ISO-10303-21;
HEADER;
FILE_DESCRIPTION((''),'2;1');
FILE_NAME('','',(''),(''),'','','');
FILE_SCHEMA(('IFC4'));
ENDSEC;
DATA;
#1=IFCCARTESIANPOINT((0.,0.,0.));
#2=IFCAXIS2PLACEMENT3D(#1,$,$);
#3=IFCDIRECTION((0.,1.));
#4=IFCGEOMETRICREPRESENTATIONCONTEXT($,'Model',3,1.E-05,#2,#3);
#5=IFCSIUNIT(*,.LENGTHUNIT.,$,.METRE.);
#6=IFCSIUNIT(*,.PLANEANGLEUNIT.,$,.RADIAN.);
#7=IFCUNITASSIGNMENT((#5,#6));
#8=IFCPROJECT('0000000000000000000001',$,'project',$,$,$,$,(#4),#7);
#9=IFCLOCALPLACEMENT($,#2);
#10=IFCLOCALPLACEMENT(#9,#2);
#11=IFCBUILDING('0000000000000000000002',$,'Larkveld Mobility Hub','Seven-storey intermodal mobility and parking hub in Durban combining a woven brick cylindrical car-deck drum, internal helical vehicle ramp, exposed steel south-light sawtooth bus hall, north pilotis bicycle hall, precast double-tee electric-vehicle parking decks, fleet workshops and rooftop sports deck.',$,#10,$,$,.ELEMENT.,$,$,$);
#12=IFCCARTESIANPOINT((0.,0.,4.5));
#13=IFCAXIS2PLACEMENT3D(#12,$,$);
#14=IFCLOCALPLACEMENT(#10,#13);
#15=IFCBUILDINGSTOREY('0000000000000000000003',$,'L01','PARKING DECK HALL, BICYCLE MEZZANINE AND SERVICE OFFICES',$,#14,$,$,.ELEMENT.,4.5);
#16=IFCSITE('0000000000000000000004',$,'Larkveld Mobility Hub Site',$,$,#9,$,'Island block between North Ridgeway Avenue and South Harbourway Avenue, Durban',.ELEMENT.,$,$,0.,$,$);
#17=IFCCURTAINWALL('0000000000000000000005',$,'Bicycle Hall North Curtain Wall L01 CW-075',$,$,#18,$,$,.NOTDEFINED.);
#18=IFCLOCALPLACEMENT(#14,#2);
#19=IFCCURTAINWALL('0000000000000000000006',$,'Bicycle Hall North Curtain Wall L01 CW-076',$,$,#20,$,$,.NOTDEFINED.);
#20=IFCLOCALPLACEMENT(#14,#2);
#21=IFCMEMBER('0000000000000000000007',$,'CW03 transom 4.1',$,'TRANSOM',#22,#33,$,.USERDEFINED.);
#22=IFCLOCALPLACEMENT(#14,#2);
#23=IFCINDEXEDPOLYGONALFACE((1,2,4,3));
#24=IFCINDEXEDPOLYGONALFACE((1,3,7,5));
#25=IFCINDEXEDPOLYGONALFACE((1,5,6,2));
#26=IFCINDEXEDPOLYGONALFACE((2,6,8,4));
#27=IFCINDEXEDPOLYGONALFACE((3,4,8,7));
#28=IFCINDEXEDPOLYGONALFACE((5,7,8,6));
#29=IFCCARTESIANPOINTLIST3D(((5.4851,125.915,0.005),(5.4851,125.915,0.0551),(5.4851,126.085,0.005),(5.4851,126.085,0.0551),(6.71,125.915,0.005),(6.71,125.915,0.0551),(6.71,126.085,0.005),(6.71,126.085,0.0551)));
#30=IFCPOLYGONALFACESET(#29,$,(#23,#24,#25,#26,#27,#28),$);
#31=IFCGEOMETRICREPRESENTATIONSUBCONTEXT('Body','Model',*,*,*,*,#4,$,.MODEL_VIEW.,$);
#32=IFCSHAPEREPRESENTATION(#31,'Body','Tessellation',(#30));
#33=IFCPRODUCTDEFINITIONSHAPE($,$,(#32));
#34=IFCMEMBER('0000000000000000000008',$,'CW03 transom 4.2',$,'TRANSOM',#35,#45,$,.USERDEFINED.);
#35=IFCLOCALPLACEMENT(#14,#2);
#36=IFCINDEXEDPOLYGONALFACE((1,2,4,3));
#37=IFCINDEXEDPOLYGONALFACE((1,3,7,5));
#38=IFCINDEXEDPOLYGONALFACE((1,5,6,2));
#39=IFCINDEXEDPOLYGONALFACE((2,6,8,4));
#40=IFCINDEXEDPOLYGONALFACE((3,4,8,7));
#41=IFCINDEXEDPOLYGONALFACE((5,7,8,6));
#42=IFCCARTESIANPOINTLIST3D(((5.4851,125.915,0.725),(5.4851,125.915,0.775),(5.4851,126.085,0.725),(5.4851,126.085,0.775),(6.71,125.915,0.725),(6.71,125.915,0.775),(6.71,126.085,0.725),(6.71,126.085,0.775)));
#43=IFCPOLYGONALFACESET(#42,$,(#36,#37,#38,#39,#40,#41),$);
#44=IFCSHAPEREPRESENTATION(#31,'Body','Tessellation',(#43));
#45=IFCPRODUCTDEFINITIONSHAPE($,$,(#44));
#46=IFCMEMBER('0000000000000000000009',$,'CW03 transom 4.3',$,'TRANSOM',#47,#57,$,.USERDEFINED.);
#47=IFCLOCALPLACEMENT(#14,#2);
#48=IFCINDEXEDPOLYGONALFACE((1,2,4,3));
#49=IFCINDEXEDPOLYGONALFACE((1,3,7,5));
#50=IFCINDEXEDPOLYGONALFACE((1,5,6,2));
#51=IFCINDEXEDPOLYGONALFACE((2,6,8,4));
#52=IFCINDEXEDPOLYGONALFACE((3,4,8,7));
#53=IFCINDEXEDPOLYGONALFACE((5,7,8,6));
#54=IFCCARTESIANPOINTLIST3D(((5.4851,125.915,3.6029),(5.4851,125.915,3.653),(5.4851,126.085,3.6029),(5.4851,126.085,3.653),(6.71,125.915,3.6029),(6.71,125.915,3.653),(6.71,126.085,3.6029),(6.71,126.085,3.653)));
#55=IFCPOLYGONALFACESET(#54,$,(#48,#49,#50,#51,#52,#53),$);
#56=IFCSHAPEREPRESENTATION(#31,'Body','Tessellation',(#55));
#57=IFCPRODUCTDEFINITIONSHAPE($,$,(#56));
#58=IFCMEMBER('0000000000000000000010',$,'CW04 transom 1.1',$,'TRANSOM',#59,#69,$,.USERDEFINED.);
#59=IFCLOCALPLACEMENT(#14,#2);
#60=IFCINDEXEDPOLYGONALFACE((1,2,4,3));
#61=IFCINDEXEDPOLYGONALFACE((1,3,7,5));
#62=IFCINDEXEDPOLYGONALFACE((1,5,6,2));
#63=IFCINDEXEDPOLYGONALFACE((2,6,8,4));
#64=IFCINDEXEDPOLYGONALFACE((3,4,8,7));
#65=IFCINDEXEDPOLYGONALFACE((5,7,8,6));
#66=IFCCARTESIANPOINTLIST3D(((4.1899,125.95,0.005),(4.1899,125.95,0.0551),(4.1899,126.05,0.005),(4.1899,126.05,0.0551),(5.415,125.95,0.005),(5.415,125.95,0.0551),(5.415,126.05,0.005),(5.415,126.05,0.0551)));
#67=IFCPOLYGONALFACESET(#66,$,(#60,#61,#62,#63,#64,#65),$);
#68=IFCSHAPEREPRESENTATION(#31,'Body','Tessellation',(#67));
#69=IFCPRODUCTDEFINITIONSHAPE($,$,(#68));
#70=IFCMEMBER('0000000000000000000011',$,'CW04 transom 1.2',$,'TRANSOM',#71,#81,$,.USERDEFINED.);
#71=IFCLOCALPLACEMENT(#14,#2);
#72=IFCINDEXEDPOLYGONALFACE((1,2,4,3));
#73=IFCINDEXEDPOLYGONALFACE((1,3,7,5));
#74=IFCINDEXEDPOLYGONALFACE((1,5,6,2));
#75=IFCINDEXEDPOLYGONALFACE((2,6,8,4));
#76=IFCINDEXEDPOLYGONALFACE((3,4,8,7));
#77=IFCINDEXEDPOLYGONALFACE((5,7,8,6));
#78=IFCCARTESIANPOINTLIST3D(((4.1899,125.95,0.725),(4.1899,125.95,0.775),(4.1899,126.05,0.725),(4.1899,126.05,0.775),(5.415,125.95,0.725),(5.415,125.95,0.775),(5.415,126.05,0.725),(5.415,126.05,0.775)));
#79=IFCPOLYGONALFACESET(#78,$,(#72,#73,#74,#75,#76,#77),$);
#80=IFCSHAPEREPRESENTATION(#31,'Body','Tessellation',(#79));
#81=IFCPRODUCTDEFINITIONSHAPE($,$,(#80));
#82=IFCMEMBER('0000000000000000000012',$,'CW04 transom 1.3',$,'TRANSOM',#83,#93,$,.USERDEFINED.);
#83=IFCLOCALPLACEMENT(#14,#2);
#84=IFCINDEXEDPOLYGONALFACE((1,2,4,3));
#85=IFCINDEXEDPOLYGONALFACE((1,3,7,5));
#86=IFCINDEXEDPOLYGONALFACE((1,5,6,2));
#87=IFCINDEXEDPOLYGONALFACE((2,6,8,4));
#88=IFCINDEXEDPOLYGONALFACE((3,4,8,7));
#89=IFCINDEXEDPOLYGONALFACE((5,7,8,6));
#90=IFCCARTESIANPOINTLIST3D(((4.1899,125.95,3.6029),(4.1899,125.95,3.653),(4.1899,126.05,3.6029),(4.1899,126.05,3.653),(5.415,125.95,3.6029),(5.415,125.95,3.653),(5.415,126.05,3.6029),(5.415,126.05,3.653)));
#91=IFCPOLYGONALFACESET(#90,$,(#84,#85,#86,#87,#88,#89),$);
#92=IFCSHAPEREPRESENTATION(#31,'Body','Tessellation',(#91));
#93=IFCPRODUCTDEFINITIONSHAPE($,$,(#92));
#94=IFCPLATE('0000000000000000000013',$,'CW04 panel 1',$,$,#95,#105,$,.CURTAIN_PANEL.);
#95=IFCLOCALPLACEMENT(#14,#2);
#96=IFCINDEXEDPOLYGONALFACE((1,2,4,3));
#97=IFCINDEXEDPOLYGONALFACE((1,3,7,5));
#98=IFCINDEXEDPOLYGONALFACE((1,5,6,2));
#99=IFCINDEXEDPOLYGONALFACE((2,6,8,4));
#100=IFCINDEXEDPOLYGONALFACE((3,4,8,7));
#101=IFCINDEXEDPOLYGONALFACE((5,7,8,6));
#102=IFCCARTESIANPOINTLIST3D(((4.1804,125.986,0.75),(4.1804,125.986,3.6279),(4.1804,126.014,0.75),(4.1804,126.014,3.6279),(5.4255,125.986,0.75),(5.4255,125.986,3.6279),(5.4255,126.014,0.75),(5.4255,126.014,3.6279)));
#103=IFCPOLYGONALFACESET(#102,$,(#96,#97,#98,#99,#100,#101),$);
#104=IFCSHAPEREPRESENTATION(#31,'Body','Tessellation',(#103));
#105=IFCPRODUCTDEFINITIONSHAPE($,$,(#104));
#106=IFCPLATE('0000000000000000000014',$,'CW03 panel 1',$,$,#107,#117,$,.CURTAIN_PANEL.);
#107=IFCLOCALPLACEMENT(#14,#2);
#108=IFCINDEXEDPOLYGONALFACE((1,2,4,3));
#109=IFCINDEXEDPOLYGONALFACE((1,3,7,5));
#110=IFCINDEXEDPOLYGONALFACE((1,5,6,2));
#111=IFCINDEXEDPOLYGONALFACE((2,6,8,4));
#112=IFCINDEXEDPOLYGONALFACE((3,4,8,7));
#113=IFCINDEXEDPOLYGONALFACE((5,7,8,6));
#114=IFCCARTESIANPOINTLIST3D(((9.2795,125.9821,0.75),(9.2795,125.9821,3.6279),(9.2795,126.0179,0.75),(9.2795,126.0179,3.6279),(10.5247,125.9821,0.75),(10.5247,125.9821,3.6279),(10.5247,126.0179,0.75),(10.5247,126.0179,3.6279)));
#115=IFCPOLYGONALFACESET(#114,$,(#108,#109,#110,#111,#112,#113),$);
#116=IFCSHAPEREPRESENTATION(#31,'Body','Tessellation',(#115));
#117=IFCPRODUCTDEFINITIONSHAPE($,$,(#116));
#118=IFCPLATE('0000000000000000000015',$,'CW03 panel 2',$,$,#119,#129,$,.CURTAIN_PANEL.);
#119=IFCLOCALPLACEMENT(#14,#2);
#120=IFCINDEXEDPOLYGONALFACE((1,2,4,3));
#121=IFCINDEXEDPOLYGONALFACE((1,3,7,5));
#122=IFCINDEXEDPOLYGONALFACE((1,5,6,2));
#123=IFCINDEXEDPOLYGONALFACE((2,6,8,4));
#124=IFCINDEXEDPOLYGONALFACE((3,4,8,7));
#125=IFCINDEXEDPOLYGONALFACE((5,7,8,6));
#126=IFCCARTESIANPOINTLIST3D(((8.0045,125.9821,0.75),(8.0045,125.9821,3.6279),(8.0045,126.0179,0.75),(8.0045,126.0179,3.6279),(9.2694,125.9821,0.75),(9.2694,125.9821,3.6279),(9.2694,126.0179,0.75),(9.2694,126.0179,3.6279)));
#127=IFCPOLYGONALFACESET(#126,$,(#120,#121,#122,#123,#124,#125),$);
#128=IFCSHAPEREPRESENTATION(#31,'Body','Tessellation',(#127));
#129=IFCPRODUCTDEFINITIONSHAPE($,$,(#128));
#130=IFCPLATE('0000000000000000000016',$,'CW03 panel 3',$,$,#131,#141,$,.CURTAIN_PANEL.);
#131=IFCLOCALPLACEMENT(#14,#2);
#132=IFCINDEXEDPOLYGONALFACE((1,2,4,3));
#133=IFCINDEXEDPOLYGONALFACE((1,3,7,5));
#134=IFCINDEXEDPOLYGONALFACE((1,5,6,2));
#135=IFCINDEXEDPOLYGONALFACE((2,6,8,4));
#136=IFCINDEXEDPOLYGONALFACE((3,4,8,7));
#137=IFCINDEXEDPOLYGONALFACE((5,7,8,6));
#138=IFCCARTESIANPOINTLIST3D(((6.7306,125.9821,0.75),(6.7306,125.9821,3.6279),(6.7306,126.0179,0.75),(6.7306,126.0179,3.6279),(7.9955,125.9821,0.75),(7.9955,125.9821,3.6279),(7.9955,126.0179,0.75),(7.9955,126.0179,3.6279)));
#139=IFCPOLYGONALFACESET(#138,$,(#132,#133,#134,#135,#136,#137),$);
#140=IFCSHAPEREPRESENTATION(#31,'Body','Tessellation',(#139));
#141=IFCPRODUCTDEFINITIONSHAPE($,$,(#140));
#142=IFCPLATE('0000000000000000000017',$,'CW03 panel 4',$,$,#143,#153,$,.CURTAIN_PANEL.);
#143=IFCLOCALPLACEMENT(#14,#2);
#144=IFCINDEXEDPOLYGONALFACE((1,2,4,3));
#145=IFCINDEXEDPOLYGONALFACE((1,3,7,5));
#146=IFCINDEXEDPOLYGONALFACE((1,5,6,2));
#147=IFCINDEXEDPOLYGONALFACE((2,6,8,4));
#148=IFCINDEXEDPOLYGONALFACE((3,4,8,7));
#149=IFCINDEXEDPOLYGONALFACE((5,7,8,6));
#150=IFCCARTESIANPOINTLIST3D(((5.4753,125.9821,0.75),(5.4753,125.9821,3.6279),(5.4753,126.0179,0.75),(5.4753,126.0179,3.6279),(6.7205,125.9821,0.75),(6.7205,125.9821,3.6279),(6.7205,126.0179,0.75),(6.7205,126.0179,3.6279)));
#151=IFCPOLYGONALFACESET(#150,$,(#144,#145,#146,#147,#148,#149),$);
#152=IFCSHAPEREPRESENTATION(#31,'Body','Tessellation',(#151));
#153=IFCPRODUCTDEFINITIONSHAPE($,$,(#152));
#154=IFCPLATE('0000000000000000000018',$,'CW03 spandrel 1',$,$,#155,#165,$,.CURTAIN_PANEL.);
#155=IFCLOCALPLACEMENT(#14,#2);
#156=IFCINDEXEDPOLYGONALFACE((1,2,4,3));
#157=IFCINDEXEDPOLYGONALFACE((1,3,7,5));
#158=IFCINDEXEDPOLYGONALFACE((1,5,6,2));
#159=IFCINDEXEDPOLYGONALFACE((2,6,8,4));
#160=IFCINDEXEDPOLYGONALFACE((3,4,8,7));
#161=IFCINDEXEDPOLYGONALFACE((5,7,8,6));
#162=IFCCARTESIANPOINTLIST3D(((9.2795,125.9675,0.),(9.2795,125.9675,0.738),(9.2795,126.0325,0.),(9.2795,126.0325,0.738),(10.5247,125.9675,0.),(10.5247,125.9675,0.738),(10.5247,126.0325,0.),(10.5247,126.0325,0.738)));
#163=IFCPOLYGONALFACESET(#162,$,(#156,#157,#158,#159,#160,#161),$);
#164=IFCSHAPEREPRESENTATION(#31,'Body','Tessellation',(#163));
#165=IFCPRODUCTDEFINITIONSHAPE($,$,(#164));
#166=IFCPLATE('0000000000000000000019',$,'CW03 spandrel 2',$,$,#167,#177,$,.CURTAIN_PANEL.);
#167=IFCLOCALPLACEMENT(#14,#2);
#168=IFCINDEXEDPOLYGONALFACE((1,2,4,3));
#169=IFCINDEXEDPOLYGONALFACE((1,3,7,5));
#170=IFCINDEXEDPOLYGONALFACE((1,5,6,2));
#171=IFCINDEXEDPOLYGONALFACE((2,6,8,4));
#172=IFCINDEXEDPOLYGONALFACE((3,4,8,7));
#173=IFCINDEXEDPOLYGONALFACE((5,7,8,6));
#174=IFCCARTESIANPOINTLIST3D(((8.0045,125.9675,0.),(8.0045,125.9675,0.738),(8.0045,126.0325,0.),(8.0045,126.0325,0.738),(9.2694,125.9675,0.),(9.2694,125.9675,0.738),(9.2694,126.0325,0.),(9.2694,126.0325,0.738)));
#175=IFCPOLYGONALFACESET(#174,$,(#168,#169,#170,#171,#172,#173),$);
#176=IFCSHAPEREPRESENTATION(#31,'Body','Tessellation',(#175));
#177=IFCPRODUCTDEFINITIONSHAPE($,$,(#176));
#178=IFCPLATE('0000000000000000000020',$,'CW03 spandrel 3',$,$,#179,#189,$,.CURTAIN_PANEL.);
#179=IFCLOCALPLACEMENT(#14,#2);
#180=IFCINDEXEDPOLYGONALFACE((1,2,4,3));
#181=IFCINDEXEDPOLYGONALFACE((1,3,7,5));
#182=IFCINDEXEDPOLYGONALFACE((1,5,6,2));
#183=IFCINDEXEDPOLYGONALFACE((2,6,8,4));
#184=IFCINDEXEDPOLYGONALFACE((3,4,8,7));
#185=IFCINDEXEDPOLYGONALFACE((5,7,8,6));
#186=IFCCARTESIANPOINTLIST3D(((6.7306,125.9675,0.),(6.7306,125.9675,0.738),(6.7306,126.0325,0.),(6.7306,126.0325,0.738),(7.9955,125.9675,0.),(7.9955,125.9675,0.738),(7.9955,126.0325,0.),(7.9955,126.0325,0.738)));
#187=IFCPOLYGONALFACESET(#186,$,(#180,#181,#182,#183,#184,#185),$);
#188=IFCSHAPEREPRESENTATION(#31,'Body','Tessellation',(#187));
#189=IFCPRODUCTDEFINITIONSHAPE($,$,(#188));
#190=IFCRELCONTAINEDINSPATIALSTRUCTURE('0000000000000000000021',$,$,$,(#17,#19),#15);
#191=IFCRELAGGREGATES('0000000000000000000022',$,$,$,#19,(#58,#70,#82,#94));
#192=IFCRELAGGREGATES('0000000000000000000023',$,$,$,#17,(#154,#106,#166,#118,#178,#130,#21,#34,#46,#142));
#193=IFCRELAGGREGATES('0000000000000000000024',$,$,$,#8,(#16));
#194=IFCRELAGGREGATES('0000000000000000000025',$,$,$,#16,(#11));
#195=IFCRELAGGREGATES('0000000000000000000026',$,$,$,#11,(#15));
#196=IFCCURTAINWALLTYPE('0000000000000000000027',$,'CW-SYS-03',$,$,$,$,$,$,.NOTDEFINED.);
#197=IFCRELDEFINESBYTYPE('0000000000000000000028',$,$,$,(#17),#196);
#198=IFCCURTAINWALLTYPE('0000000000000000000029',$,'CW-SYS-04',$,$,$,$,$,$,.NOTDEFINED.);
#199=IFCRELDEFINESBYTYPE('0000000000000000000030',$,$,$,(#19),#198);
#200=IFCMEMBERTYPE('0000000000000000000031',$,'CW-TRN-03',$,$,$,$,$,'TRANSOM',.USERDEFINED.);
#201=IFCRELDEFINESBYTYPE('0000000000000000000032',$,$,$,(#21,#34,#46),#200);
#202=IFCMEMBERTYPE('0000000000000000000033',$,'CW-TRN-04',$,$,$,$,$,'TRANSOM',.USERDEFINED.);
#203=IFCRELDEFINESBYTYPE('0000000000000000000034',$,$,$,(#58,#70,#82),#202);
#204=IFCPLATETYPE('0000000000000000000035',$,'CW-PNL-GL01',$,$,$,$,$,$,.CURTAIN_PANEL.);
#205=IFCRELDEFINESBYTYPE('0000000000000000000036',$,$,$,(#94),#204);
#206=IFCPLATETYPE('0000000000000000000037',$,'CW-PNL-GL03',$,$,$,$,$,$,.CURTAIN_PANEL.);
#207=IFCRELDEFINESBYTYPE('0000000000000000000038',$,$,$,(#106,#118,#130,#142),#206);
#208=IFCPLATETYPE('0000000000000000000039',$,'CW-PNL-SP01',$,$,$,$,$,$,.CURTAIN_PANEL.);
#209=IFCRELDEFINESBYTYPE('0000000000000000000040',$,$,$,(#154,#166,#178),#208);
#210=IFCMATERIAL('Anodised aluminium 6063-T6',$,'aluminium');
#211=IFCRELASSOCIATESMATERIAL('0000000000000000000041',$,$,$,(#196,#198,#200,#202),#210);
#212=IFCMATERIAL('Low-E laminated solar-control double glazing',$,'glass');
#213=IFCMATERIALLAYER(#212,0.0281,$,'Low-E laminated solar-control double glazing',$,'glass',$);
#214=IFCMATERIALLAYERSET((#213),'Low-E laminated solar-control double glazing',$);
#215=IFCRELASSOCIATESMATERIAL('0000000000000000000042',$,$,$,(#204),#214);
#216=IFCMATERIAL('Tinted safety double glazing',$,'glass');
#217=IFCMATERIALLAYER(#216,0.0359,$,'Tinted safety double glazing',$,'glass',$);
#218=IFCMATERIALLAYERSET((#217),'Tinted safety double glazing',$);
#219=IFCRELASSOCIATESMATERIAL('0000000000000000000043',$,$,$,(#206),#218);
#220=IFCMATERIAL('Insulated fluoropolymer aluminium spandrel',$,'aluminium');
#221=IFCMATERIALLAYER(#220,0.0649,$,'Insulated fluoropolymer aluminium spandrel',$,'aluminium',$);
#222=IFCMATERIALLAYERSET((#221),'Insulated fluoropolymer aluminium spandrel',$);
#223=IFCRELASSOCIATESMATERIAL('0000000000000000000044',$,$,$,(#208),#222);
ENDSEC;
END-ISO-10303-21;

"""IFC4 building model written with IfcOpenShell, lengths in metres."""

from ifc_helpers import new_model, si_unit, direction, frame, origin, origin_2d, place, context, subcontext, project, spatial, rectangle, extrude, material, layer, layer_set, material_profile, profile_set, type_object, element, aggregate, save


model = new_model("IFC4")

# Units and contexts
model_context = context("Model", 3, precision=1e-05, world=origin(), true_north=direction((0.0, 1.0)))
body_context = subcontext(model_context, "Body", "Model", "MODEL_VIEW")
ifc_project = project(units=[si_unit("LENGTHUNIT", "METRE"), si_unit("PLANEANGLEUNIT", "RADIAN")], contexts=[model_context])

# Site, building, storey
site_placement = place(None, origin())
site = spatial("IfcSite", under=ifc_project, at=site_placement, Name="Larkveld Mobility Hub Site", LongName="Island block between North Ridgeway Avenue and South Harbourway Avenue, Durban", CompositionType="ELEMENT", RefElevation=0.0)
building_placement = place(site_placement, origin())
building = spatial("IfcBuilding", under=site, at=building_placement, Name="Larkveld Mobility Hub", Description="Seven-storey intermodal mobility and parking hub in Durban combining a woven brick cylindrical car-deck drum, internal helical vehicle ramp, exposed steel south-light sawtooth bus hall, north pilotis bicycle hall, precast double-tee electric-vehicle parking decks, fleet workshops and rooftop sports deck.", CompositionType="ELEMENT")
storey_placement = place(building_placement, frame((0.0, 0.0, 4.5)))
storey = spatial("IfcBuildingStorey", under=building, at=storey_placement, Name="L01", Description="PARKING DECK HALL, BICYCLE MEZZANINE AND SERVICE OFFICES", CompositionType="ELEMENT", Elevation=4.5)

# Curtain wall
ifc_material_1 = material(Name="Anodised aluminium 6063-T6", Category="aluminium")
curtain_wall_type_1 = type_object("IfcCurtainWallType", Name="CW-SYS-03", PredefinedType="NOTDEFINED", material=ifc_material_1)
curtain_wall_1_placement = place(storey_placement, origin())
curtain_wall_1 = element("IfcCurtainWall", 1, at=curtain_wall_1_placement, inside=storey, type_object=curtain_wall_type_1, Name="Bicycle Hall North Curtain Wall L01 CW-075", PredefinedType="NOTDEFINED")

# Curtain wall
curtain_wall_type_2 = type_object("IfcCurtainWallType", Name="CW-SYS-04", PredefinedType="NOTDEFINED", material=ifc_material_1)
curtain_wall_2_placement = place(storey_placement, origin())
curtain_wall_2 = element("IfcCurtainWall", 2, at=curtain_wall_2_placement, inside=storey, type_object=curtain_wall_type_2, Name="Bicycle Hall North Curtain Wall L01 CW-076", PredefinedType="NOTDEFINED")

# Members
ifc_material_profile_1 = material_profile(ifc_material_1, rectangle(XDim=0.1699, YDim=0.05, at=origin_2d()), Name="ALU TRAN 50x170")
ifc_profile_set_1 = profile_set([ifc_material_profile_1], Name="Anodised aluminium 6063-T6")
member_type_1 = type_object("IfcMemberType", Name="CW-TRN-03", ElementType="TRANSOM", PredefinedType="USERDEFINED", material=ifc_profile_set_1)
member_1_placement = place(storey_placement, frame((6.71, 126.0, 0.03), z_axis=(-1.0, 0.0, 0.0), x_axis=(0.0, -1.0, 0.0)))
member_1 = element("IfcMember", 3, at=member_1_placement, type_object=member_type_1, Name="CW03 transom 4.1", ObjectType="TRANSOM", PredefinedType="USERDEFINED", context=body_context, shape_type="SweptSolid", body=[
    extrude(rectangle(XDim=0.1699, YDim=0.05, at=origin_2d()), origin(), (0.0, 0.0, 1.0), 1.2249),
])
member_2_placement = place(storey_placement, frame((6.71, 126.0, 0.75), z_axis=(-1.0, 0.0, 0.0), x_axis=(0.0, -1.0, 0.0)))
member_2 = element("IfcMember", 4, at=member_2_placement, type_object=member_type_1, Name="CW03 transom 4.2", ObjectType="TRANSOM", PredefinedType="USERDEFINED", context=body_context, shape_type="SweptSolid", body=[
    extrude(rectangle(XDim=0.1699, YDim=0.05, at=origin_2d()), origin(), (0.0, 0.0, 1.0), 1.2249),
])
member_3_placement = place(storey_placement, frame((6.71, 126.0, 3.6279), z_axis=(-1.0, 0.0, 0.0), x_axis=(0.0, -1.0, 0.0)))
member_3 = element("IfcMember", 5, at=member_3_placement, type_object=member_type_1, Name="CW03 transom 4.3", ObjectType="TRANSOM", PredefinedType="USERDEFINED", context=body_context, shape_type="SweptSolid", body=[
    extrude(rectangle(XDim=0.1699, YDim=0.05, at=origin_2d()), origin(), (0.0, 0.0, 1.0), 1.2249),
])
ifc_material_profile_2 = material_profile(ifc_material_1, rectangle(XDim=0.1001, YDim=0.05, at=origin_2d()), Name="ALU TRAN 50x100")
ifc_profile_set_2 = profile_set([ifc_material_profile_2], Name="Anodised aluminium 6063-T6")
member_type_2 = type_object("IfcMemberType", Name="CW-TRN-04", ElementType="TRANSOM", PredefinedType="USERDEFINED", material=ifc_profile_set_2)
member_4_placement = place(storey_placement, frame((5.415, 126.0, 0.03), z_axis=(-1.0, 0.0, 0.0), x_axis=(0.0, -1.0, 0.0)))
member_4 = element("IfcMember", 6, at=member_4_placement, type_object=member_type_2, Name="CW04 transom 1.1", ObjectType="TRANSOM", PredefinedType="USERDEFINED", context=body_context, shape_type="SweptSolid", body=[
    extrude(rectangle(XDim=0.1001, YDim=0.05, at=origin_2d()), origin(), (0.0, 0.0, 1.0), 1.2251),
])
member_5_placement = place(storey_placement, frame((5.415, 126.0, 0.75), z_axis=(-1.0, 0.0, 0.0), x_axis=(0.0, -1.0, 0.0)))
member_5 = element("IfcMember", 7, at=member_5_placement, type_object=member_type_2, Name="CW04 transom 1.2", ObjectType="TRANSOM", PredefinedType="USERDEFINED", context=body_context, shape_type="SweptSolid", body=[
    extrude(rectangle(XDim=0.1001, YDim=0.05, at=origin_2d()), origin(), (0.0, 0.0, 1.0), 1.2251),
])
member_6_placement = place(storey_placement, frame((5.415, 126.0, 3.6279), z_axis=(-1.0, 0.0, 0.0), x_axis=(0.0, -1.0, 0.0)))
member_6 = element("IfcMember", 8, at=member_6_placement, type_object=member_type_2, Name="CW04 transom 1.3", ObjectType="TRANSOM", PredefinedType="USERDEFINED", context=body_context, shape_type="SweptSolid", body=[
    extrude(rectangle(XDim=0.1001, YDim=0.05, at=origin_2d()), origin(), (0.0, 0.0, 1.0), 1.2251),
])

# Plates
ifc_material_2 = material(Name="Low-E laminated solar-control double glazing", Category="glass")
ifc_layer_1 = layer(ifc_material_2, 0.0281, Name="Low-E laminated solar-control double glazing", Category="glass")
ifc_layer_set_1 = layer_set([ifc_layer_1], Name="Low-E laminated solar-control double glazing")
plate_type_1 = type_object("IfcPlateType", Name="CW-PNL-GL01", PredefinedType="CURTAIN_PANEL", material=ifc_layer_set_1)
plate_1_placement = place(storey_placement, frame((4.803, 126.0, 0.75), z_axis=(0.0, 0.0, 1.0), x_axis=(-1.0, 0.0, 0.0)))
plate_1 = element("IfcPlate", 9, at=plate_1_placement, type_object=plate_type_1, Name="CW04 panel 1", PredefinedType="CURTAIN_PANEL", context=body_context, shape_type="SweptSolid", body=[
    extrude(rectangle(XDim=1.2451, YDim=0.0281, at=origin_2d()), origin(), (0.0, 0.0, 1.0), 2.8779),
])
aggregate(curtain_wall_2, [member_4, member_5, member_6, plate_1])
ifc_material_3 = material(Name="Tinted safety double glazing", Category="glass")
ifc_layer_2 = layer(ifc_material_3, 0.0359, Name="Tinted safety double glazing", Category="glass")
ifc_layer_set_2 = layer_set([ifc_layer_2], Name="Tinted safety double glazing")
plate_type_2 = type_object("IfcPlateType", Name="CW-PNL-GL03", PredefinedType="CURTAIN_PANEL", material=ifc_layer_set_2)
plate_2_placement = place(storey_placement, frame((9.9021, 126.0, 0.75), z_axis=(0.0, 0.0, 1.0), x_axis=(-1.0, 0.0, 0.0)))
plate_2 = element("IfcPlate", 10, at=plate_2_placement, type_object=plate_type_2, Name="CW03 panel 1", PredefinedType="CURTAIN_PANEL", context=body_context, shape_type="SweptSolid", body=[
    extrude(rectangle(XDim=1.2451, YDim=0.0359, at=origin_2d()), origin(), (0.0, 0.0, 1.0), 2.8779),
])
plate_3_placement = place(storey_placement, frame((8.637, 126.0, 0.75), z_axis=(0.0, 0.0, 1.0), x_axis=(-1.0, 0.0, 0.0)))
plate_3 = element("IfcPlate", 11, at=plate_3_placement, type_object=plate_type_2, Name="CW03 panel 2", PredefinedType="CURTAIN_PANEL", context=body_context, shape_type="SweptSolid", body=[
    extrude(rectangle(XDim=1.2649, YDim=0.0359, at=origin_2d()), origin(), (0.0, 0.0, 1.0), 2.8779),
])
plate_4_placement = place(storey_placement, frame((7.363, 126.0, 0.75), z_axis=(0.0, 0.0, 1.0), x_axis=(-1.0, 0.0, 0.0)))
plate_4 = element("IfcPlate", 12, at=plate_4_placement, type_object=plate_type_2, Name="CW03 panel 3", PredefinedType="CURTAIN_PANEL", context=body_context, shape_type="SweptSolid", body=[
    extrude(rectangle(XDim=1.2649, YDim=0.0359, at=origin_2d()), origin(), (0.0, 0.0, 1.0), 2.8779),
])
plate_5_placement = place(storey_placement, frame((6.0979, 126.0, 0.75), z_axis=(0.0, 0.0, 1.0), x_axis=(-1.0, 0.0, 0.0)))
plate_5 = element("IfcPlate", 13, at=plate_5_placement, type_object=plate_type_2, Name="CW03 panel 4", PredefinedType="CURTAIN_PANEL", context=body_context, shape_type="SweptSolid", body=[
    extrude(rectangle(XDim=1.2451, YDim=0.0359, at=origin_2d()), origin(), (0.0, 0.0, 1.0), 2.8779),
])
ifc_material_4 = material(Name="Insulated fluoropolymer aluminium spandrel", Category="aluminium")
ifc_layer_3 = layer(ifc_material_4, 0.0649, Name="Insulated fluoropolymer aluminium spandrel", Category="aluminium")
ifc_layer_set_3 = layer_set([ifc_layer_3], Name="Insulated fluoropolymer aluminium spandrel")
plate_type_3 = type_object("IfcPlateType", Name="CW-PNL-SP01", PredefinedType="CURTAIN_PANEL", material=ifc_layer_set_3)
plate_6_placement = place(storey_placement, frame((9.9021, 126.0, 0.0), z_axis=(0.0, 0.0, 1.0), x_axis=(-1.0, 0.0, 0.0)))
plate_6 = element("IfcPlate", 14, at=plate_6_placement, type_object=plate_type_3, Name="CW03 spandrel 1", PredefinedType="CURTAIN_PANEL", context=body_context, shape_type="SweptSolid", body=[
    extrude(rectangle(XDim=1.2451, YDim=0.0649, at=origin_2d()), origin(), (0.0, 0.0, 1.0), 0.738),
])
plate_7_placement = place(storey_placement, frame((8.637, 126.0, 0.0), z_axis=(0.0, 0.0, 1.0), x_axis=(-1.0, 0.0, 0.0)))
plate_7 = element("IfcPlate", 15, at=plate_7_placement, type_object=plate_type_3, Name="CW03 spandrel 2", PredefinedType="CURTAIN_PANEL", context=body_context, shape_type="SweptSolid", body=[
    extrude(rectangle(XDim=1.2649, YDim=0.0649, at=origin_2d()), origin(), (0.0, 0.0, 1.0), 0.738),
])
plate_8_placement = place(storey_placement, frame((7.363, 126.0, 0.0), z_axis=(0.0, 0.0, 1.0), x_axis=(-1.0, 0.0, 0.0)))
plate_8 = element("IfcPlate", 16, at=plate_8_placement, type_object=plate_type_3, Name="CW03 spandrel 3", PredefinedType="CURTAIN_PANEL", context=body_context, shape_type="SweptSolid", body=[
    extrude(rectangle(XDim=1.2649, YDim=0.0649, at=origin_2d()), origin(), (0.0, 0.0, 1.0), 0.738),
])
aggregate(curtain_wall_1, [plate_6, plate_2, plate_7, plate_3, plate_8, plate_4, member_1, member_2, member_3, plate_5])

save(model, "model.ifc")
